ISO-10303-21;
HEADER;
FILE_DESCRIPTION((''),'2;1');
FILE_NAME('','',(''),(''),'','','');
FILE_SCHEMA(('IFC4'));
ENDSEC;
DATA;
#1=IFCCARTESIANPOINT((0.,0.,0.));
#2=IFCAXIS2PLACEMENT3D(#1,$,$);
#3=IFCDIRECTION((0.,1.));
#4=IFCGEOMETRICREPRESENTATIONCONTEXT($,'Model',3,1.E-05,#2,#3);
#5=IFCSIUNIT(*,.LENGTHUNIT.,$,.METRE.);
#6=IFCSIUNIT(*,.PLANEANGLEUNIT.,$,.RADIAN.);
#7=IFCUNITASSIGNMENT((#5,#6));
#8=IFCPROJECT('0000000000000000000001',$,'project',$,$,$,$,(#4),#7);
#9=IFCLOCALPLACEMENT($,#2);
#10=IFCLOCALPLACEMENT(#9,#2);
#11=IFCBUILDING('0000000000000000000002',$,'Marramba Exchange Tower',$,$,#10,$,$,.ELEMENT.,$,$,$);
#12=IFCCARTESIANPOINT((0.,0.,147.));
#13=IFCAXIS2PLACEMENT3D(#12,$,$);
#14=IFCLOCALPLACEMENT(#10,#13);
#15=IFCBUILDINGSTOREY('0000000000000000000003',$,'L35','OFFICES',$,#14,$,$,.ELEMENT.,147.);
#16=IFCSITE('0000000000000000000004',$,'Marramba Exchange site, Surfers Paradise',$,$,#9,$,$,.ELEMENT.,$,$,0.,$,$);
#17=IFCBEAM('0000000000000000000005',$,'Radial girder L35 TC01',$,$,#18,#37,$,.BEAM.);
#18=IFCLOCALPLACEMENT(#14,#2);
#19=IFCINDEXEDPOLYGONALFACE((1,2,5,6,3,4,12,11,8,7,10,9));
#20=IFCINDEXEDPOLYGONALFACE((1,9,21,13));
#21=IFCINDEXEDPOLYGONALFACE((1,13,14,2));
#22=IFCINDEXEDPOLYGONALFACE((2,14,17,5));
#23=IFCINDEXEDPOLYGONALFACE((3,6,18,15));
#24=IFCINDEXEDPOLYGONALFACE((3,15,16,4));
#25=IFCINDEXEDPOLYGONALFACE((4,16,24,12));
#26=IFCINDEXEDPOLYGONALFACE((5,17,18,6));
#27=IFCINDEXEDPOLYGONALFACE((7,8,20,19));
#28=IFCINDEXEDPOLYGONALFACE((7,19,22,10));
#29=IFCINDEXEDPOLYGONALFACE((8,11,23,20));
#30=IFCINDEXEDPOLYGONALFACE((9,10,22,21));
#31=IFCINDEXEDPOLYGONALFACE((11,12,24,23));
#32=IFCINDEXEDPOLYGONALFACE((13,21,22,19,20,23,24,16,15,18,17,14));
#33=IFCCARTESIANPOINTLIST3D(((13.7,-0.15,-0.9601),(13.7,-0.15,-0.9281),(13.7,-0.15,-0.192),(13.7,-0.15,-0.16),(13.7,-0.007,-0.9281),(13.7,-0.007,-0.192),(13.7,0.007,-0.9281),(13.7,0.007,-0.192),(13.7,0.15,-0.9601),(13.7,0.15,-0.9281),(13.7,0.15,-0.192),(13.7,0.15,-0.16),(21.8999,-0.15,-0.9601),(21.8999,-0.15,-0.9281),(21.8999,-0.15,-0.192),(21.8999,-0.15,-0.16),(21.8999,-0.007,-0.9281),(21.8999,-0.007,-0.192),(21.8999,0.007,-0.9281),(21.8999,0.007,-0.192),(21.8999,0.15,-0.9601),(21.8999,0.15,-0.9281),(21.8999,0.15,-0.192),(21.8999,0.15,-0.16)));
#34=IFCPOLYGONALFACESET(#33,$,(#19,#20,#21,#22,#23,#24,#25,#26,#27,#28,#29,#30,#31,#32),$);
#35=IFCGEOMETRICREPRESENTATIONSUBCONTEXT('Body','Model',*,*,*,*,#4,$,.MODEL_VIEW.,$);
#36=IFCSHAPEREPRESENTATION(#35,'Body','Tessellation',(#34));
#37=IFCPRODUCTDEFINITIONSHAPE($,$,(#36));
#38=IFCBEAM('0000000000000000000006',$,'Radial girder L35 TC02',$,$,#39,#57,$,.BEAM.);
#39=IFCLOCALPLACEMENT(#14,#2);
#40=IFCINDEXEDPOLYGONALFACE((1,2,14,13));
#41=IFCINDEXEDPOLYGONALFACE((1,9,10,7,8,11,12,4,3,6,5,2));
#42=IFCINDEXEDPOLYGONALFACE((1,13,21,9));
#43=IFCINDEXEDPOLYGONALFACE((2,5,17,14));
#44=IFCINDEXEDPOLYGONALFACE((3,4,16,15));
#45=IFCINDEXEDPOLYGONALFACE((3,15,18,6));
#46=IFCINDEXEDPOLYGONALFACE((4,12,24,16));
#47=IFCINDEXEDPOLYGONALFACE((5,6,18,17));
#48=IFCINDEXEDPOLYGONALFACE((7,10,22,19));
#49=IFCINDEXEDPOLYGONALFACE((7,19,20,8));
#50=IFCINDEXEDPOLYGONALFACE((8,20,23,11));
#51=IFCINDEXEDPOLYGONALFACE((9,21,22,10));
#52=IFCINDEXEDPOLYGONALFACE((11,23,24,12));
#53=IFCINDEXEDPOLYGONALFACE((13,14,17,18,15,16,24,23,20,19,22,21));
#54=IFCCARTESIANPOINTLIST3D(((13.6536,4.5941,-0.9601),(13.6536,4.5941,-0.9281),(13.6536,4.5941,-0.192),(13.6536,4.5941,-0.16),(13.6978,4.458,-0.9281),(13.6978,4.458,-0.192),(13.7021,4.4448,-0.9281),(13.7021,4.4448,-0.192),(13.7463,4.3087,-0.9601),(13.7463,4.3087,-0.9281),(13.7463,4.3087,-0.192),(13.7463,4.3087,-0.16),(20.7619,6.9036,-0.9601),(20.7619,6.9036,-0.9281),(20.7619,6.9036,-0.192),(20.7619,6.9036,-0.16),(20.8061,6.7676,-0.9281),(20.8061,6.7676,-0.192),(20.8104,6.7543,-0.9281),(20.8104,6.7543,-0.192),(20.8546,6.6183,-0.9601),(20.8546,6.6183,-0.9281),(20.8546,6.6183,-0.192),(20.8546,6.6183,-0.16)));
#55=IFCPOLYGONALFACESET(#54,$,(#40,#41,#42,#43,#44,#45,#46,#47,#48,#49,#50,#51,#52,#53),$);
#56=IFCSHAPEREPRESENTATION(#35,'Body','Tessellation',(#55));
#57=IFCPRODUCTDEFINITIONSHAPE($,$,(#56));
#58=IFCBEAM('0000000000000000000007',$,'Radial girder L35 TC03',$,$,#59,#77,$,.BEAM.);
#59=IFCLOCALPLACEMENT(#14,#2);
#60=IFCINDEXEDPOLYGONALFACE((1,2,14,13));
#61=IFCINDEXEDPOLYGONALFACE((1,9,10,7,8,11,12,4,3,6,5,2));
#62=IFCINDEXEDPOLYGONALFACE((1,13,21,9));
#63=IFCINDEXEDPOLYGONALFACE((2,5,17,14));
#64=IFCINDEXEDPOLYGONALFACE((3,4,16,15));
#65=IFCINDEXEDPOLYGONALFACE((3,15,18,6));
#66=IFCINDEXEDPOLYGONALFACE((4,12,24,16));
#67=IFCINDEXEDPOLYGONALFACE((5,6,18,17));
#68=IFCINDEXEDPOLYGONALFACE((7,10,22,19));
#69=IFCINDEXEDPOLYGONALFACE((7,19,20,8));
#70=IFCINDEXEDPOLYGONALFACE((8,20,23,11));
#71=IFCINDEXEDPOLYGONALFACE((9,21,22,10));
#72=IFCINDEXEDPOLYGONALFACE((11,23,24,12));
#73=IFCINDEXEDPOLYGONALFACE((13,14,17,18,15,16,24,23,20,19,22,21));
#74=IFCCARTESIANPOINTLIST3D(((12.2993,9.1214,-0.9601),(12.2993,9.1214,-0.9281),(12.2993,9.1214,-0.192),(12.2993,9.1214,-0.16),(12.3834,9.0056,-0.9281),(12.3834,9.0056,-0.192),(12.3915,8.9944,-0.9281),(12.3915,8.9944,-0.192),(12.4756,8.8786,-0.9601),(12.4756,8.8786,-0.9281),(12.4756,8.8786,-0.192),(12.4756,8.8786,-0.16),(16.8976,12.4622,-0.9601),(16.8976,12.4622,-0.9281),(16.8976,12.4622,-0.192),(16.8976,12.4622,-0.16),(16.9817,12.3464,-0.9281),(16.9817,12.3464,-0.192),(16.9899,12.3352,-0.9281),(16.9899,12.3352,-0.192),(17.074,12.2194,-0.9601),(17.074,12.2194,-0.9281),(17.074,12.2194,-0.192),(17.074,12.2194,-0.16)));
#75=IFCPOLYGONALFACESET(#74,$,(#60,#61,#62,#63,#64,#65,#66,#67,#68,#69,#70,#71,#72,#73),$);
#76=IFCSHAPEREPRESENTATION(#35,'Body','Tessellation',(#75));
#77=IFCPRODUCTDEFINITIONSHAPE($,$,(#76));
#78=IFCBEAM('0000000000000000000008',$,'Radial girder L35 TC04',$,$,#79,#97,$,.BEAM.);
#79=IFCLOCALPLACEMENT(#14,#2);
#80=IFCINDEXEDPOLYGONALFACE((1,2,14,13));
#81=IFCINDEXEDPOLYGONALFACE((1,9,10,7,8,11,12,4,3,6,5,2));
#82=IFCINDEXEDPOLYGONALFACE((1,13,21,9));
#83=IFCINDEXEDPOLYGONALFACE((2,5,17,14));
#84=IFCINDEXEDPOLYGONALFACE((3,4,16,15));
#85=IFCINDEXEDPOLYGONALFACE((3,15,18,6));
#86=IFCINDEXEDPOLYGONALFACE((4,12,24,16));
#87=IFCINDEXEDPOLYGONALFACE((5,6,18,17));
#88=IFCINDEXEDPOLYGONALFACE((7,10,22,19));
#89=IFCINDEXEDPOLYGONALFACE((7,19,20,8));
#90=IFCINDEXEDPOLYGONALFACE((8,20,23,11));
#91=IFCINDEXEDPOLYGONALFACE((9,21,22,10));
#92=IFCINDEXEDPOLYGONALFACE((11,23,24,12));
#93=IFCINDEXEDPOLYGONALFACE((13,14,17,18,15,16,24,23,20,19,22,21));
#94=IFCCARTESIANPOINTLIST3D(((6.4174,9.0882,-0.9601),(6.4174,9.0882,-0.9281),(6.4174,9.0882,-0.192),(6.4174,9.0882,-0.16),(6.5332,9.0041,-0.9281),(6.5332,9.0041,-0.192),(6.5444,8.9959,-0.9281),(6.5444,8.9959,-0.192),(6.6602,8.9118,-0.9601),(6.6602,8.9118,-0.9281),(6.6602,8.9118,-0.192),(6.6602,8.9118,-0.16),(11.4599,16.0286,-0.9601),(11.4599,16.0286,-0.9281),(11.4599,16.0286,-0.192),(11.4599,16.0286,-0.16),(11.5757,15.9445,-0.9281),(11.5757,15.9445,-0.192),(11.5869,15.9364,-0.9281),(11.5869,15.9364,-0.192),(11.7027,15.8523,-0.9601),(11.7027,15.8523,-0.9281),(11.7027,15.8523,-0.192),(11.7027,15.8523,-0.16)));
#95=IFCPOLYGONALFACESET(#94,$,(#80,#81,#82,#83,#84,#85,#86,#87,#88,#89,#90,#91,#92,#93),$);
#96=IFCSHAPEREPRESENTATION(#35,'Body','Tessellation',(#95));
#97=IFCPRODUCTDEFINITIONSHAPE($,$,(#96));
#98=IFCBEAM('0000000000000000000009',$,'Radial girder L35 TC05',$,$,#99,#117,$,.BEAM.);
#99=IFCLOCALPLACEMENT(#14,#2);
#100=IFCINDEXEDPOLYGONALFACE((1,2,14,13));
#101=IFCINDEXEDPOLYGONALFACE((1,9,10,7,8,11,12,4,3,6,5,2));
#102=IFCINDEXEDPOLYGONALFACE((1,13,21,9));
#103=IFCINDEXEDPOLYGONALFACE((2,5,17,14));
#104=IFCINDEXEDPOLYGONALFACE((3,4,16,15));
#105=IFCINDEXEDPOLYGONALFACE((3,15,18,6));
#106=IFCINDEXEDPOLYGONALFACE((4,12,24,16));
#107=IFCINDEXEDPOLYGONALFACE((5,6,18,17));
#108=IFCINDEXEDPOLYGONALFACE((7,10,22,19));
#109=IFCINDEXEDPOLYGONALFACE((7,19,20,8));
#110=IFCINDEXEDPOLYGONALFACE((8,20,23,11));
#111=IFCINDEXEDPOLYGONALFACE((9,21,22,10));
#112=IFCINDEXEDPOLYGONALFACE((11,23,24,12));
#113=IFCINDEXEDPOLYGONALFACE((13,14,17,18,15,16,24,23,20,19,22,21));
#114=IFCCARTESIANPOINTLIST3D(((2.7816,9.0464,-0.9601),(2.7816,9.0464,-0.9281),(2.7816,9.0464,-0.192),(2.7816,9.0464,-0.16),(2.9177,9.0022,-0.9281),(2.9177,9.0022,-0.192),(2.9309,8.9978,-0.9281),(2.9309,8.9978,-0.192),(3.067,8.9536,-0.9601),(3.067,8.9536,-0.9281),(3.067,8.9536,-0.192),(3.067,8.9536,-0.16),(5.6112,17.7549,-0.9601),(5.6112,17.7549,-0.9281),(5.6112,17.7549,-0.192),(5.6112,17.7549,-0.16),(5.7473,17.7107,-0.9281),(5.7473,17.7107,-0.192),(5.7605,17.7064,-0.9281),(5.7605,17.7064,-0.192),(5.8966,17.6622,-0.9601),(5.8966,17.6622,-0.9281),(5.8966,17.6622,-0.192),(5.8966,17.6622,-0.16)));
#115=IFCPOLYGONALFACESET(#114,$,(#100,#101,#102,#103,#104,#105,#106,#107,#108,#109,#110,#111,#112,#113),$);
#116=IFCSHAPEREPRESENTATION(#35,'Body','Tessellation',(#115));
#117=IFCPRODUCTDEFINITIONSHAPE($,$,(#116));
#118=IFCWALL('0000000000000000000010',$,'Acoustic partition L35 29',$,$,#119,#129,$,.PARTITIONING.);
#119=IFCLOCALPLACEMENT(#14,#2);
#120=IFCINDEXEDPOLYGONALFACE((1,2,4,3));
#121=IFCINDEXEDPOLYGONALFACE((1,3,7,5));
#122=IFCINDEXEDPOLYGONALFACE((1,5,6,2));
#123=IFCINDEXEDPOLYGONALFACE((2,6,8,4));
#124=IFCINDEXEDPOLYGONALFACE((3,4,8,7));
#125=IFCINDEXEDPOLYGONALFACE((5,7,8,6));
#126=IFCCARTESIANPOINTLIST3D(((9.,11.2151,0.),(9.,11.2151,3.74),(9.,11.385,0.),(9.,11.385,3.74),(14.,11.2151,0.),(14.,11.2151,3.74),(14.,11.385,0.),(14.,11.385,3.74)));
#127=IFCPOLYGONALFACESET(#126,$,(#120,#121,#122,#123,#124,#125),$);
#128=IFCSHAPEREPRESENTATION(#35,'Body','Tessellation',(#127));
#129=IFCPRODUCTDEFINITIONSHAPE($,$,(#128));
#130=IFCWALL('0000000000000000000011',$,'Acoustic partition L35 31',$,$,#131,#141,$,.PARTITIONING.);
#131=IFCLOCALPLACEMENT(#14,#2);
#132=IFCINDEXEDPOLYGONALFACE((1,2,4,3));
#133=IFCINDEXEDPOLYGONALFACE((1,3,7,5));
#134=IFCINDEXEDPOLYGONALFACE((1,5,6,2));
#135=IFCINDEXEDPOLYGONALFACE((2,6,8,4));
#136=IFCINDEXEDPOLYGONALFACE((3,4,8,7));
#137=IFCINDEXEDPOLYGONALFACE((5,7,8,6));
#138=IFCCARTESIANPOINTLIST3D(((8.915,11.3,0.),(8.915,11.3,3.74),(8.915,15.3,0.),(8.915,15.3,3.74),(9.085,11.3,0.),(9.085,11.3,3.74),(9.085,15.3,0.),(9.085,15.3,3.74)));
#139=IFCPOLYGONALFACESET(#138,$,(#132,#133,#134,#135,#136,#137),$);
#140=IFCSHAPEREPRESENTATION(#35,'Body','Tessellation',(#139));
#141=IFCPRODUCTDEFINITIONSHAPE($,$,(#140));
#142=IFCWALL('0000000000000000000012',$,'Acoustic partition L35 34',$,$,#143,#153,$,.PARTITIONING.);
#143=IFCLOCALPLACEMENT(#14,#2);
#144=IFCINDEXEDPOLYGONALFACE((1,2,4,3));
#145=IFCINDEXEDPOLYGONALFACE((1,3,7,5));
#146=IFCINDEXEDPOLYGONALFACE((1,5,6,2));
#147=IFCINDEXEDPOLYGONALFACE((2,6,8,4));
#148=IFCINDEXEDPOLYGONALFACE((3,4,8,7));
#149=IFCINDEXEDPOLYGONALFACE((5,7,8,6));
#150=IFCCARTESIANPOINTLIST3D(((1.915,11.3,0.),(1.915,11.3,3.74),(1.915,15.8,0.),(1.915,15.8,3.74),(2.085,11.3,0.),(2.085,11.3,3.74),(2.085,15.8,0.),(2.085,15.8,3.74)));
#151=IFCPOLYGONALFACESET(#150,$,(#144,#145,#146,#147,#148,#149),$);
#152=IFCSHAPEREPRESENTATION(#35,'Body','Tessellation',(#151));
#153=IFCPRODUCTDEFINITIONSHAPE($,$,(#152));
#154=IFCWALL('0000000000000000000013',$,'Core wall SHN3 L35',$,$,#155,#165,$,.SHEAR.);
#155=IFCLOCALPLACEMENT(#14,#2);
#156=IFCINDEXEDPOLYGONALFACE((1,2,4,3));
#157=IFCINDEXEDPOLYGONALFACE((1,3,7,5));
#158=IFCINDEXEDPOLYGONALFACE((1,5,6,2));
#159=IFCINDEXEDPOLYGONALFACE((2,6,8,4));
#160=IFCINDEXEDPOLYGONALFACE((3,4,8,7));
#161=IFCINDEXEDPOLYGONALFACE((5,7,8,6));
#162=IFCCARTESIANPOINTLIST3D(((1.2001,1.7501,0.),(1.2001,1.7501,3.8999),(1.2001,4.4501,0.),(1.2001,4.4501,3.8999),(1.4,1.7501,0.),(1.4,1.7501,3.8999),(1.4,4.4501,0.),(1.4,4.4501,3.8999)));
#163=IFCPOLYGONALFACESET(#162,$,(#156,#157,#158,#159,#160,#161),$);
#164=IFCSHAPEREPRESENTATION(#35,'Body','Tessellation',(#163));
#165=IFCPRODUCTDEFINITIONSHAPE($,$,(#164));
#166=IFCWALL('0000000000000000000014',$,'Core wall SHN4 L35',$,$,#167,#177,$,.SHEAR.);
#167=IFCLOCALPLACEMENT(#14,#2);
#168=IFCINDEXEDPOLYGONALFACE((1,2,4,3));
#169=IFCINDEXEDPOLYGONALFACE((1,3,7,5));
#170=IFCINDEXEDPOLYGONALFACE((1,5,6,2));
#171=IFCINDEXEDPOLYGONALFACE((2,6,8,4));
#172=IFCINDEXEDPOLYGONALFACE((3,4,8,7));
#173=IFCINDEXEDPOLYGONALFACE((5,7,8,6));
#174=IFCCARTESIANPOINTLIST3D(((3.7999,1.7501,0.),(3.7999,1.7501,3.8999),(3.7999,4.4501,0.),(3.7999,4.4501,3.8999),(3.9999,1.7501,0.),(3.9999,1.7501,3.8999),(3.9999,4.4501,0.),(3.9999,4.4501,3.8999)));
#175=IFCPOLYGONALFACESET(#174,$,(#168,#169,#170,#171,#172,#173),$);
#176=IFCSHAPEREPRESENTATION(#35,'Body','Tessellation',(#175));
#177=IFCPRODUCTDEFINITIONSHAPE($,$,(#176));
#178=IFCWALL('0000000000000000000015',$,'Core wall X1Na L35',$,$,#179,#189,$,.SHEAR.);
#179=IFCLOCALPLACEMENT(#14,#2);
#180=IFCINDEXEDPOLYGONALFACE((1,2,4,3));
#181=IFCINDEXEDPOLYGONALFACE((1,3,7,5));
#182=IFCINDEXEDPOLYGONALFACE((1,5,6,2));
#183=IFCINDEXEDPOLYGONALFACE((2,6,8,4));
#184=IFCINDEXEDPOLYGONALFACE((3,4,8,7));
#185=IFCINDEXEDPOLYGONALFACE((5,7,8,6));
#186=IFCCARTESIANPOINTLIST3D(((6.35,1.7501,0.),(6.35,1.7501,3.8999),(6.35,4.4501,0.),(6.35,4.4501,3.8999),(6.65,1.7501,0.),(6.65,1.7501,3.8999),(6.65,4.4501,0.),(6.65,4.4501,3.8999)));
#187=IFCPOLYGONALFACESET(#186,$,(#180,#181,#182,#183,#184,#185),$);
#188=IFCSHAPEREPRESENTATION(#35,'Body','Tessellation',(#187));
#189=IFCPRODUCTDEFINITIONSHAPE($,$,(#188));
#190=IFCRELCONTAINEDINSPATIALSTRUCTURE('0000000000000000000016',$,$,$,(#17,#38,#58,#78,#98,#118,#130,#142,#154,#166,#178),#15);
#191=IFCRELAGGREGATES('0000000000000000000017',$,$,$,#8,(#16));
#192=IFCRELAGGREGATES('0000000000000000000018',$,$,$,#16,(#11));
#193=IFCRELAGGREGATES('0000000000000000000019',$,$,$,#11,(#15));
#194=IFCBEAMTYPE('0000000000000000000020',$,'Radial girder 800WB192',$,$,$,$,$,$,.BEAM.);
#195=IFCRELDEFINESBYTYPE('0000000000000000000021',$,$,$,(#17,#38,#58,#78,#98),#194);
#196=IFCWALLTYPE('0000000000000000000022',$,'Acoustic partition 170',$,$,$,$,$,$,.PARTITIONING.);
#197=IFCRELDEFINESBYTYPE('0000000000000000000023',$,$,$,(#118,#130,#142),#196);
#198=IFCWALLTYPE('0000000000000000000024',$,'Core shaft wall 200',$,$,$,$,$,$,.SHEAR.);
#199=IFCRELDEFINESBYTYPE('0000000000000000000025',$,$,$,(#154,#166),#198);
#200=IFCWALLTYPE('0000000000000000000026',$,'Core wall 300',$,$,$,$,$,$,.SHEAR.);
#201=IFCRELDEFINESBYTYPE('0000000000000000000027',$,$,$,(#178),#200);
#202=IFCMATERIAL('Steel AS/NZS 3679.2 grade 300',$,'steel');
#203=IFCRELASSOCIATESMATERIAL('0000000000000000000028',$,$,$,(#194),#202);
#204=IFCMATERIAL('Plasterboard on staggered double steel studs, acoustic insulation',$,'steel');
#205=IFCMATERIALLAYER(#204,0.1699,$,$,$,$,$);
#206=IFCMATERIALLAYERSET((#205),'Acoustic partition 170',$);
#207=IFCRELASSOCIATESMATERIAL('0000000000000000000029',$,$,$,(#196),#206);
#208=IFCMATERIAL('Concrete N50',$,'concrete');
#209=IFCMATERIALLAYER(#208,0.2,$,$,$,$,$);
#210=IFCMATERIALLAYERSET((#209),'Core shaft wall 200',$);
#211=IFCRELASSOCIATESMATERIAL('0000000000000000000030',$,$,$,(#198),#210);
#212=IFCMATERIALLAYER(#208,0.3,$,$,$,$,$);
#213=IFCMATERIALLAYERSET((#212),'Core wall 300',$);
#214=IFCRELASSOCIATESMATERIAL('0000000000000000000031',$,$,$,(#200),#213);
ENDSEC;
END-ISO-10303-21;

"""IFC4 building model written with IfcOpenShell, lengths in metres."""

from ifc_helpers import new_model, si_unit, direction, frame, frame_2d, origin, origin_2d, place, context, subcontext, project, spatial, rectangle, i_section, extrude, material, layer, layer_set, material_profile, profile_set, type_object, element, save


model = new_model("IFC4")

# Units and contexts
model_context = context("Model", 3, precision=1e-05, world=origin(), true_north=direction((0.0, 1.0)))
body_context = subcontext(model_context, "Body", "Model", "MODEL_VIEW")
ifc_project = project(units=[si_unit("LENGTHUNIT", "METRE"), si_unit("PLANEANGLEUNIT", "RADIAN")], contexts=[model_context])

# Site, building, storey
site_placement = place(None, origin())
site = spatial("IfcSite", under=ifc_project, at=site_placement, Name="Marramba Exchange site, Surfers Paradise", CompositionType="ELEMENT", RefElevation=0.0)
building_placement = place(site_placement, origin())
building = spatial("IfcBuilding", under=site, at=building_placement, Name="Marramba Exchange Tower", CompositionType="ELEMENT")
storey_placement = place(building_placement, frame((0.0, 0.0, 147.0)))
storey = spatial("IfcBuildingStorey", under=building, at=storey_placement, Name="L35", Description="OFFICES", CompositionType="ELEMENT", Elevation=147.0)

# Beams
ifc_material_1 = material(Name="Steel AS/NZS 3679.2 grade 300", Category="steel")
ifc_material_profile_1 = material_profile(ifc_material_1, i_section(OverallWidth=0.3, OverallDepth=0.8, WebThickness=0.0139, FlangeThickness=0.032, at=origin_2d()), Name="800WB192")
ifc_profile_set_1 = profile_set([ifc_material_profile_1], Name="Steel AS/NZS 3679.2 grade 300")
beam_type_1 = type_object("IfcBeamType", Name="Radial girder 800WB192", PredefinedType="BEAM", material=ifc_profile_set_1)
beam_1_placement = place(storey_placement, frame((13.7, 0.0, -0.5601), z_axis=(1.0, 0.0, 0.0), x_axis=(0.0, 1.0, 0.0)))
element("IfcBeam", 1, at=beam_1_placement, inside=storey, type_object=beam_type_1, Name="Radial girder L35 TC01", PredefinedType="BEAM", context=body_context, shape_type="SweptSolid", body=[
    extrude(i_section(OverallWidth=0.3, OverallDepth=0.8, WebThickness=0.0139, FlangeThickness=0.032, at=origin_2d()), origin(), (0.0, 0.0, 1.0), 8.2),
])
beam_2_placement = place(storey_placement, frame((13.7, 4.4514, -0.5601), z_axis=(0.95106, 0.309006, 0.0), x_axis=(-0.309006, 0.95106, 0.0)))
element("IfcBeam", 2, at=beam_2_placement, inside=storey, type_object=beam_type_1, Name="Radial girder L35 TC02", PredefinedType="BEAM", context=body_context, shape_type="SweptSolid", body=[
    extrude(i_section(OverallWidth=0.3, OverallDepth=0.8, WebThickness=0.0139, FlangeThickness=0.032, at=origin_2d()), origin(), (0.0, 0.0, 1.0), 7.4741),
])
beam_3_placement = place(storey_placement, frame((12.3875, 9.0, -0.5601), z_axis=(0.809026, 0.587773, 0.0), x_axis=(-0.587773, 0.809026, 0.0)))
element("IfcBeam", 3, at=beam_3_placement, inside=storey, type_object=beam_type_1, Name="Radial girder L35 TC03", PredefinedType="BEAM", context=body_context, shape_type="SweptSolid", body=[
    extrude(i_section(OverallWidth=0.3, OverallDepth=0.8, WebThickness=0.0139, FlangeThickness=0.032, at=origin_2d()), origin(), (0.0, 0.0, 1.0), 5.6838),
])
beam_4_placement = place(storey_placement, frame((6.5388, 9.0, -0.5601), z_axis=(0.587782, 0.809019, 0.0), x_axis=(-0.809019, 0.587782, 0.0)))
element("IfcBeam", 4, at=beam_4_placement, inside=storey, type_object=beam_type_1, Name="Radial girder L35 TC04", PredefinedType="BEAM", context=body_context, shape_type="SweptSolid", body=[
    extrude(i_section(OverallWidth=0.3, OverallDepth=0.8, WebThickness=0.0139, FlangeThickness=0.032, at=origin_2d()), origin(), (0.0, 0.0, 1.0), 8.5789),
])
beam_5_placement = place(storey_placement, frame((2.9243, 9.0, -0.5601), z_axis=(0.30902, 0.951056, 0.0), x_axis=(-0.951056, 0.30902, 0.0)))
element("IfcBeam", 5, at=beam_5_placement, inside=storey, type_object=beam_type_1, Name="Radial girder L35 TC05", PredefinedType="BEAM", context=body_context, shape_type="SweptSolid", body=[
    extrude(i_section(OverallWidth=0.3, OverallDepth=0.8, WebThickness=0.0139, FlangeThickness=0.032, at=origin_2d()), origin(), (0.0, 0.0, 1.0), 9.1567),
])

# Walls
ifc_material_2 = material(Name="Plasterboard on staggered double steel studs, acoustic insulation", Category="steel")
ifc_layer_1 = layer(ifc_material_2, 0.1699)
ifc_layer_set_1 = layer_set([ifc_layer_1], Name="Acoustic partition 170")
wall_type_1 = type_object("IfcWallType", Name="Acoustic partition 170", PredefinedType="PARTITIONING", material=ifc_layer_set_1)
wall_1_placement = place(storey_placement, frame((9.0, 11.3, 0.0), z_axis=(0.0, 0.0, 1.0), x_axis=(1.0, 0.0, 0.0)))
element("IfcWall", 6, at=wall_1_placement, inside=storey, type_object=wall_type_1, Name="Acoustic partition L35 29", PredefinedType="PARTITIONING", context=body_context, shape_type="SweptSolid", body=[
    extrude(rectangle(XDim=5.0, YDim=0.1699, at=frame_2d((2.5, 0.0))), origin(), (0.0, 0.0, 1.0), 3.74),
])
wall_2_placement = place(storey_placement, frame((9.0, 15.3, 0.0), z_axis=(0.0, 0.0, 1.0), x_axis=(0.0, -1.0, 0.0)))
element("IfcWall", 7, at=wall_2_placement, inside=storey, type_object=wall_type_1, Name="Acoustic partition L35 31", PredefinedType="PARTITIONING", context=body_context, shape_type="SweptSolid", body=[
    extrude(rectangle(XDim=4.0, YDim=0.1699, at=frame_2d((2.0, 0.0))), origin(), (0.0, 0.0, 1.0), 3.74),
])
wall_3_placement = place(storey_placement, frame((2.0, 11.3, 0.0), z_axis=(0.0, 0.0, 1.0), x_axis=(0.0, 1.0, 0.0)))
element("IfcWall", 8, at=wall_3_placement, inside=storey, type_object=wall_type_1, Name="Acoustic partition L35 34", PredefinedType="PARTITIONING", context=body_context, shape_type="SweptSolid", body=[
    extrude(rectangle(XDim=4.5, YDim=0.1699, at=frame_2d((2.25, 0.0))), origin(), (0.0, 0.0, 1.0), 3.74),
])
ifc_material_3 = material(Name="Concrete N50", Category="concrete")
ifc_layer_2 = layer(ifc_material_3, 0.2)
ifc_layer_set_2 = layer_set([ifc_layer_2], Name="Core shaft wall 200")
wall_type_2 = type_object("IfcWallType", Name="Core shaft wall 200", PredefinedType="SHEAR", material=ifc_layer_set_2)
for number, where, z_axis, x_axis, name in (
    (9, (1.3, 1.75, 0.0), (0.0, 0.0, 1.0), (0.0, 1.0, 0.0), "Core wall SHN3 L35"),
    (10, (3.8999, 1.75, 0.0), (0.0, 0.0, 1.0), (0.0, 1.0, 0.0), "Core wall SHN4 L35"),
):
    element("IfcWall", number, at=place(storey_placement, frame(where, z_axis=z_axis, x_axis=x_axis)), inside=storey, type_object=wall_type_2, Name=name, PredefinedType="SHEAR", context=body_context, shape_type="SweptSolid", body=[
        extrude(rectangle(XDim=2.7, YDim=0.2, at=frame_2d((1.3501, 0.0))), origin(), (0.0, 0.0, 1.0), 3.8999),
    ])

# Wall
ifc_layer_3 = layer(ifc_material_3, 0.3)
ifc_layer_set_3 = layer_set([ifc_layer_3], Name="Core wall 300")
wall_type_3 = type_object("IfcWallType", Name="Core wall 300", PredefinedType="SHEAR", material=ifc_layer_set_3)
wall_4_placement = place(storey_placement, frame((6.5, 1.75, 0.0), z_axis=(0.0, 0.0, 1.0), x_axis=(0.0, 1.0, 0.0)))
element("IfcWall", 11, at=wall_4_placement, inside=storey, type_object=wall_type_3, Name="Core wall X1Na L35", PredefinedType="SHEAR", context=body_context, shape_type="SweptSolid", body=[
    extrude(rectangle(XDim=2.7, YDim=0.3, at=frame_2d((1.3501, 0.0))), origin(), (0.0, 0.0, 1.0), 3.8999),
])

save(model, "model.ifc")
